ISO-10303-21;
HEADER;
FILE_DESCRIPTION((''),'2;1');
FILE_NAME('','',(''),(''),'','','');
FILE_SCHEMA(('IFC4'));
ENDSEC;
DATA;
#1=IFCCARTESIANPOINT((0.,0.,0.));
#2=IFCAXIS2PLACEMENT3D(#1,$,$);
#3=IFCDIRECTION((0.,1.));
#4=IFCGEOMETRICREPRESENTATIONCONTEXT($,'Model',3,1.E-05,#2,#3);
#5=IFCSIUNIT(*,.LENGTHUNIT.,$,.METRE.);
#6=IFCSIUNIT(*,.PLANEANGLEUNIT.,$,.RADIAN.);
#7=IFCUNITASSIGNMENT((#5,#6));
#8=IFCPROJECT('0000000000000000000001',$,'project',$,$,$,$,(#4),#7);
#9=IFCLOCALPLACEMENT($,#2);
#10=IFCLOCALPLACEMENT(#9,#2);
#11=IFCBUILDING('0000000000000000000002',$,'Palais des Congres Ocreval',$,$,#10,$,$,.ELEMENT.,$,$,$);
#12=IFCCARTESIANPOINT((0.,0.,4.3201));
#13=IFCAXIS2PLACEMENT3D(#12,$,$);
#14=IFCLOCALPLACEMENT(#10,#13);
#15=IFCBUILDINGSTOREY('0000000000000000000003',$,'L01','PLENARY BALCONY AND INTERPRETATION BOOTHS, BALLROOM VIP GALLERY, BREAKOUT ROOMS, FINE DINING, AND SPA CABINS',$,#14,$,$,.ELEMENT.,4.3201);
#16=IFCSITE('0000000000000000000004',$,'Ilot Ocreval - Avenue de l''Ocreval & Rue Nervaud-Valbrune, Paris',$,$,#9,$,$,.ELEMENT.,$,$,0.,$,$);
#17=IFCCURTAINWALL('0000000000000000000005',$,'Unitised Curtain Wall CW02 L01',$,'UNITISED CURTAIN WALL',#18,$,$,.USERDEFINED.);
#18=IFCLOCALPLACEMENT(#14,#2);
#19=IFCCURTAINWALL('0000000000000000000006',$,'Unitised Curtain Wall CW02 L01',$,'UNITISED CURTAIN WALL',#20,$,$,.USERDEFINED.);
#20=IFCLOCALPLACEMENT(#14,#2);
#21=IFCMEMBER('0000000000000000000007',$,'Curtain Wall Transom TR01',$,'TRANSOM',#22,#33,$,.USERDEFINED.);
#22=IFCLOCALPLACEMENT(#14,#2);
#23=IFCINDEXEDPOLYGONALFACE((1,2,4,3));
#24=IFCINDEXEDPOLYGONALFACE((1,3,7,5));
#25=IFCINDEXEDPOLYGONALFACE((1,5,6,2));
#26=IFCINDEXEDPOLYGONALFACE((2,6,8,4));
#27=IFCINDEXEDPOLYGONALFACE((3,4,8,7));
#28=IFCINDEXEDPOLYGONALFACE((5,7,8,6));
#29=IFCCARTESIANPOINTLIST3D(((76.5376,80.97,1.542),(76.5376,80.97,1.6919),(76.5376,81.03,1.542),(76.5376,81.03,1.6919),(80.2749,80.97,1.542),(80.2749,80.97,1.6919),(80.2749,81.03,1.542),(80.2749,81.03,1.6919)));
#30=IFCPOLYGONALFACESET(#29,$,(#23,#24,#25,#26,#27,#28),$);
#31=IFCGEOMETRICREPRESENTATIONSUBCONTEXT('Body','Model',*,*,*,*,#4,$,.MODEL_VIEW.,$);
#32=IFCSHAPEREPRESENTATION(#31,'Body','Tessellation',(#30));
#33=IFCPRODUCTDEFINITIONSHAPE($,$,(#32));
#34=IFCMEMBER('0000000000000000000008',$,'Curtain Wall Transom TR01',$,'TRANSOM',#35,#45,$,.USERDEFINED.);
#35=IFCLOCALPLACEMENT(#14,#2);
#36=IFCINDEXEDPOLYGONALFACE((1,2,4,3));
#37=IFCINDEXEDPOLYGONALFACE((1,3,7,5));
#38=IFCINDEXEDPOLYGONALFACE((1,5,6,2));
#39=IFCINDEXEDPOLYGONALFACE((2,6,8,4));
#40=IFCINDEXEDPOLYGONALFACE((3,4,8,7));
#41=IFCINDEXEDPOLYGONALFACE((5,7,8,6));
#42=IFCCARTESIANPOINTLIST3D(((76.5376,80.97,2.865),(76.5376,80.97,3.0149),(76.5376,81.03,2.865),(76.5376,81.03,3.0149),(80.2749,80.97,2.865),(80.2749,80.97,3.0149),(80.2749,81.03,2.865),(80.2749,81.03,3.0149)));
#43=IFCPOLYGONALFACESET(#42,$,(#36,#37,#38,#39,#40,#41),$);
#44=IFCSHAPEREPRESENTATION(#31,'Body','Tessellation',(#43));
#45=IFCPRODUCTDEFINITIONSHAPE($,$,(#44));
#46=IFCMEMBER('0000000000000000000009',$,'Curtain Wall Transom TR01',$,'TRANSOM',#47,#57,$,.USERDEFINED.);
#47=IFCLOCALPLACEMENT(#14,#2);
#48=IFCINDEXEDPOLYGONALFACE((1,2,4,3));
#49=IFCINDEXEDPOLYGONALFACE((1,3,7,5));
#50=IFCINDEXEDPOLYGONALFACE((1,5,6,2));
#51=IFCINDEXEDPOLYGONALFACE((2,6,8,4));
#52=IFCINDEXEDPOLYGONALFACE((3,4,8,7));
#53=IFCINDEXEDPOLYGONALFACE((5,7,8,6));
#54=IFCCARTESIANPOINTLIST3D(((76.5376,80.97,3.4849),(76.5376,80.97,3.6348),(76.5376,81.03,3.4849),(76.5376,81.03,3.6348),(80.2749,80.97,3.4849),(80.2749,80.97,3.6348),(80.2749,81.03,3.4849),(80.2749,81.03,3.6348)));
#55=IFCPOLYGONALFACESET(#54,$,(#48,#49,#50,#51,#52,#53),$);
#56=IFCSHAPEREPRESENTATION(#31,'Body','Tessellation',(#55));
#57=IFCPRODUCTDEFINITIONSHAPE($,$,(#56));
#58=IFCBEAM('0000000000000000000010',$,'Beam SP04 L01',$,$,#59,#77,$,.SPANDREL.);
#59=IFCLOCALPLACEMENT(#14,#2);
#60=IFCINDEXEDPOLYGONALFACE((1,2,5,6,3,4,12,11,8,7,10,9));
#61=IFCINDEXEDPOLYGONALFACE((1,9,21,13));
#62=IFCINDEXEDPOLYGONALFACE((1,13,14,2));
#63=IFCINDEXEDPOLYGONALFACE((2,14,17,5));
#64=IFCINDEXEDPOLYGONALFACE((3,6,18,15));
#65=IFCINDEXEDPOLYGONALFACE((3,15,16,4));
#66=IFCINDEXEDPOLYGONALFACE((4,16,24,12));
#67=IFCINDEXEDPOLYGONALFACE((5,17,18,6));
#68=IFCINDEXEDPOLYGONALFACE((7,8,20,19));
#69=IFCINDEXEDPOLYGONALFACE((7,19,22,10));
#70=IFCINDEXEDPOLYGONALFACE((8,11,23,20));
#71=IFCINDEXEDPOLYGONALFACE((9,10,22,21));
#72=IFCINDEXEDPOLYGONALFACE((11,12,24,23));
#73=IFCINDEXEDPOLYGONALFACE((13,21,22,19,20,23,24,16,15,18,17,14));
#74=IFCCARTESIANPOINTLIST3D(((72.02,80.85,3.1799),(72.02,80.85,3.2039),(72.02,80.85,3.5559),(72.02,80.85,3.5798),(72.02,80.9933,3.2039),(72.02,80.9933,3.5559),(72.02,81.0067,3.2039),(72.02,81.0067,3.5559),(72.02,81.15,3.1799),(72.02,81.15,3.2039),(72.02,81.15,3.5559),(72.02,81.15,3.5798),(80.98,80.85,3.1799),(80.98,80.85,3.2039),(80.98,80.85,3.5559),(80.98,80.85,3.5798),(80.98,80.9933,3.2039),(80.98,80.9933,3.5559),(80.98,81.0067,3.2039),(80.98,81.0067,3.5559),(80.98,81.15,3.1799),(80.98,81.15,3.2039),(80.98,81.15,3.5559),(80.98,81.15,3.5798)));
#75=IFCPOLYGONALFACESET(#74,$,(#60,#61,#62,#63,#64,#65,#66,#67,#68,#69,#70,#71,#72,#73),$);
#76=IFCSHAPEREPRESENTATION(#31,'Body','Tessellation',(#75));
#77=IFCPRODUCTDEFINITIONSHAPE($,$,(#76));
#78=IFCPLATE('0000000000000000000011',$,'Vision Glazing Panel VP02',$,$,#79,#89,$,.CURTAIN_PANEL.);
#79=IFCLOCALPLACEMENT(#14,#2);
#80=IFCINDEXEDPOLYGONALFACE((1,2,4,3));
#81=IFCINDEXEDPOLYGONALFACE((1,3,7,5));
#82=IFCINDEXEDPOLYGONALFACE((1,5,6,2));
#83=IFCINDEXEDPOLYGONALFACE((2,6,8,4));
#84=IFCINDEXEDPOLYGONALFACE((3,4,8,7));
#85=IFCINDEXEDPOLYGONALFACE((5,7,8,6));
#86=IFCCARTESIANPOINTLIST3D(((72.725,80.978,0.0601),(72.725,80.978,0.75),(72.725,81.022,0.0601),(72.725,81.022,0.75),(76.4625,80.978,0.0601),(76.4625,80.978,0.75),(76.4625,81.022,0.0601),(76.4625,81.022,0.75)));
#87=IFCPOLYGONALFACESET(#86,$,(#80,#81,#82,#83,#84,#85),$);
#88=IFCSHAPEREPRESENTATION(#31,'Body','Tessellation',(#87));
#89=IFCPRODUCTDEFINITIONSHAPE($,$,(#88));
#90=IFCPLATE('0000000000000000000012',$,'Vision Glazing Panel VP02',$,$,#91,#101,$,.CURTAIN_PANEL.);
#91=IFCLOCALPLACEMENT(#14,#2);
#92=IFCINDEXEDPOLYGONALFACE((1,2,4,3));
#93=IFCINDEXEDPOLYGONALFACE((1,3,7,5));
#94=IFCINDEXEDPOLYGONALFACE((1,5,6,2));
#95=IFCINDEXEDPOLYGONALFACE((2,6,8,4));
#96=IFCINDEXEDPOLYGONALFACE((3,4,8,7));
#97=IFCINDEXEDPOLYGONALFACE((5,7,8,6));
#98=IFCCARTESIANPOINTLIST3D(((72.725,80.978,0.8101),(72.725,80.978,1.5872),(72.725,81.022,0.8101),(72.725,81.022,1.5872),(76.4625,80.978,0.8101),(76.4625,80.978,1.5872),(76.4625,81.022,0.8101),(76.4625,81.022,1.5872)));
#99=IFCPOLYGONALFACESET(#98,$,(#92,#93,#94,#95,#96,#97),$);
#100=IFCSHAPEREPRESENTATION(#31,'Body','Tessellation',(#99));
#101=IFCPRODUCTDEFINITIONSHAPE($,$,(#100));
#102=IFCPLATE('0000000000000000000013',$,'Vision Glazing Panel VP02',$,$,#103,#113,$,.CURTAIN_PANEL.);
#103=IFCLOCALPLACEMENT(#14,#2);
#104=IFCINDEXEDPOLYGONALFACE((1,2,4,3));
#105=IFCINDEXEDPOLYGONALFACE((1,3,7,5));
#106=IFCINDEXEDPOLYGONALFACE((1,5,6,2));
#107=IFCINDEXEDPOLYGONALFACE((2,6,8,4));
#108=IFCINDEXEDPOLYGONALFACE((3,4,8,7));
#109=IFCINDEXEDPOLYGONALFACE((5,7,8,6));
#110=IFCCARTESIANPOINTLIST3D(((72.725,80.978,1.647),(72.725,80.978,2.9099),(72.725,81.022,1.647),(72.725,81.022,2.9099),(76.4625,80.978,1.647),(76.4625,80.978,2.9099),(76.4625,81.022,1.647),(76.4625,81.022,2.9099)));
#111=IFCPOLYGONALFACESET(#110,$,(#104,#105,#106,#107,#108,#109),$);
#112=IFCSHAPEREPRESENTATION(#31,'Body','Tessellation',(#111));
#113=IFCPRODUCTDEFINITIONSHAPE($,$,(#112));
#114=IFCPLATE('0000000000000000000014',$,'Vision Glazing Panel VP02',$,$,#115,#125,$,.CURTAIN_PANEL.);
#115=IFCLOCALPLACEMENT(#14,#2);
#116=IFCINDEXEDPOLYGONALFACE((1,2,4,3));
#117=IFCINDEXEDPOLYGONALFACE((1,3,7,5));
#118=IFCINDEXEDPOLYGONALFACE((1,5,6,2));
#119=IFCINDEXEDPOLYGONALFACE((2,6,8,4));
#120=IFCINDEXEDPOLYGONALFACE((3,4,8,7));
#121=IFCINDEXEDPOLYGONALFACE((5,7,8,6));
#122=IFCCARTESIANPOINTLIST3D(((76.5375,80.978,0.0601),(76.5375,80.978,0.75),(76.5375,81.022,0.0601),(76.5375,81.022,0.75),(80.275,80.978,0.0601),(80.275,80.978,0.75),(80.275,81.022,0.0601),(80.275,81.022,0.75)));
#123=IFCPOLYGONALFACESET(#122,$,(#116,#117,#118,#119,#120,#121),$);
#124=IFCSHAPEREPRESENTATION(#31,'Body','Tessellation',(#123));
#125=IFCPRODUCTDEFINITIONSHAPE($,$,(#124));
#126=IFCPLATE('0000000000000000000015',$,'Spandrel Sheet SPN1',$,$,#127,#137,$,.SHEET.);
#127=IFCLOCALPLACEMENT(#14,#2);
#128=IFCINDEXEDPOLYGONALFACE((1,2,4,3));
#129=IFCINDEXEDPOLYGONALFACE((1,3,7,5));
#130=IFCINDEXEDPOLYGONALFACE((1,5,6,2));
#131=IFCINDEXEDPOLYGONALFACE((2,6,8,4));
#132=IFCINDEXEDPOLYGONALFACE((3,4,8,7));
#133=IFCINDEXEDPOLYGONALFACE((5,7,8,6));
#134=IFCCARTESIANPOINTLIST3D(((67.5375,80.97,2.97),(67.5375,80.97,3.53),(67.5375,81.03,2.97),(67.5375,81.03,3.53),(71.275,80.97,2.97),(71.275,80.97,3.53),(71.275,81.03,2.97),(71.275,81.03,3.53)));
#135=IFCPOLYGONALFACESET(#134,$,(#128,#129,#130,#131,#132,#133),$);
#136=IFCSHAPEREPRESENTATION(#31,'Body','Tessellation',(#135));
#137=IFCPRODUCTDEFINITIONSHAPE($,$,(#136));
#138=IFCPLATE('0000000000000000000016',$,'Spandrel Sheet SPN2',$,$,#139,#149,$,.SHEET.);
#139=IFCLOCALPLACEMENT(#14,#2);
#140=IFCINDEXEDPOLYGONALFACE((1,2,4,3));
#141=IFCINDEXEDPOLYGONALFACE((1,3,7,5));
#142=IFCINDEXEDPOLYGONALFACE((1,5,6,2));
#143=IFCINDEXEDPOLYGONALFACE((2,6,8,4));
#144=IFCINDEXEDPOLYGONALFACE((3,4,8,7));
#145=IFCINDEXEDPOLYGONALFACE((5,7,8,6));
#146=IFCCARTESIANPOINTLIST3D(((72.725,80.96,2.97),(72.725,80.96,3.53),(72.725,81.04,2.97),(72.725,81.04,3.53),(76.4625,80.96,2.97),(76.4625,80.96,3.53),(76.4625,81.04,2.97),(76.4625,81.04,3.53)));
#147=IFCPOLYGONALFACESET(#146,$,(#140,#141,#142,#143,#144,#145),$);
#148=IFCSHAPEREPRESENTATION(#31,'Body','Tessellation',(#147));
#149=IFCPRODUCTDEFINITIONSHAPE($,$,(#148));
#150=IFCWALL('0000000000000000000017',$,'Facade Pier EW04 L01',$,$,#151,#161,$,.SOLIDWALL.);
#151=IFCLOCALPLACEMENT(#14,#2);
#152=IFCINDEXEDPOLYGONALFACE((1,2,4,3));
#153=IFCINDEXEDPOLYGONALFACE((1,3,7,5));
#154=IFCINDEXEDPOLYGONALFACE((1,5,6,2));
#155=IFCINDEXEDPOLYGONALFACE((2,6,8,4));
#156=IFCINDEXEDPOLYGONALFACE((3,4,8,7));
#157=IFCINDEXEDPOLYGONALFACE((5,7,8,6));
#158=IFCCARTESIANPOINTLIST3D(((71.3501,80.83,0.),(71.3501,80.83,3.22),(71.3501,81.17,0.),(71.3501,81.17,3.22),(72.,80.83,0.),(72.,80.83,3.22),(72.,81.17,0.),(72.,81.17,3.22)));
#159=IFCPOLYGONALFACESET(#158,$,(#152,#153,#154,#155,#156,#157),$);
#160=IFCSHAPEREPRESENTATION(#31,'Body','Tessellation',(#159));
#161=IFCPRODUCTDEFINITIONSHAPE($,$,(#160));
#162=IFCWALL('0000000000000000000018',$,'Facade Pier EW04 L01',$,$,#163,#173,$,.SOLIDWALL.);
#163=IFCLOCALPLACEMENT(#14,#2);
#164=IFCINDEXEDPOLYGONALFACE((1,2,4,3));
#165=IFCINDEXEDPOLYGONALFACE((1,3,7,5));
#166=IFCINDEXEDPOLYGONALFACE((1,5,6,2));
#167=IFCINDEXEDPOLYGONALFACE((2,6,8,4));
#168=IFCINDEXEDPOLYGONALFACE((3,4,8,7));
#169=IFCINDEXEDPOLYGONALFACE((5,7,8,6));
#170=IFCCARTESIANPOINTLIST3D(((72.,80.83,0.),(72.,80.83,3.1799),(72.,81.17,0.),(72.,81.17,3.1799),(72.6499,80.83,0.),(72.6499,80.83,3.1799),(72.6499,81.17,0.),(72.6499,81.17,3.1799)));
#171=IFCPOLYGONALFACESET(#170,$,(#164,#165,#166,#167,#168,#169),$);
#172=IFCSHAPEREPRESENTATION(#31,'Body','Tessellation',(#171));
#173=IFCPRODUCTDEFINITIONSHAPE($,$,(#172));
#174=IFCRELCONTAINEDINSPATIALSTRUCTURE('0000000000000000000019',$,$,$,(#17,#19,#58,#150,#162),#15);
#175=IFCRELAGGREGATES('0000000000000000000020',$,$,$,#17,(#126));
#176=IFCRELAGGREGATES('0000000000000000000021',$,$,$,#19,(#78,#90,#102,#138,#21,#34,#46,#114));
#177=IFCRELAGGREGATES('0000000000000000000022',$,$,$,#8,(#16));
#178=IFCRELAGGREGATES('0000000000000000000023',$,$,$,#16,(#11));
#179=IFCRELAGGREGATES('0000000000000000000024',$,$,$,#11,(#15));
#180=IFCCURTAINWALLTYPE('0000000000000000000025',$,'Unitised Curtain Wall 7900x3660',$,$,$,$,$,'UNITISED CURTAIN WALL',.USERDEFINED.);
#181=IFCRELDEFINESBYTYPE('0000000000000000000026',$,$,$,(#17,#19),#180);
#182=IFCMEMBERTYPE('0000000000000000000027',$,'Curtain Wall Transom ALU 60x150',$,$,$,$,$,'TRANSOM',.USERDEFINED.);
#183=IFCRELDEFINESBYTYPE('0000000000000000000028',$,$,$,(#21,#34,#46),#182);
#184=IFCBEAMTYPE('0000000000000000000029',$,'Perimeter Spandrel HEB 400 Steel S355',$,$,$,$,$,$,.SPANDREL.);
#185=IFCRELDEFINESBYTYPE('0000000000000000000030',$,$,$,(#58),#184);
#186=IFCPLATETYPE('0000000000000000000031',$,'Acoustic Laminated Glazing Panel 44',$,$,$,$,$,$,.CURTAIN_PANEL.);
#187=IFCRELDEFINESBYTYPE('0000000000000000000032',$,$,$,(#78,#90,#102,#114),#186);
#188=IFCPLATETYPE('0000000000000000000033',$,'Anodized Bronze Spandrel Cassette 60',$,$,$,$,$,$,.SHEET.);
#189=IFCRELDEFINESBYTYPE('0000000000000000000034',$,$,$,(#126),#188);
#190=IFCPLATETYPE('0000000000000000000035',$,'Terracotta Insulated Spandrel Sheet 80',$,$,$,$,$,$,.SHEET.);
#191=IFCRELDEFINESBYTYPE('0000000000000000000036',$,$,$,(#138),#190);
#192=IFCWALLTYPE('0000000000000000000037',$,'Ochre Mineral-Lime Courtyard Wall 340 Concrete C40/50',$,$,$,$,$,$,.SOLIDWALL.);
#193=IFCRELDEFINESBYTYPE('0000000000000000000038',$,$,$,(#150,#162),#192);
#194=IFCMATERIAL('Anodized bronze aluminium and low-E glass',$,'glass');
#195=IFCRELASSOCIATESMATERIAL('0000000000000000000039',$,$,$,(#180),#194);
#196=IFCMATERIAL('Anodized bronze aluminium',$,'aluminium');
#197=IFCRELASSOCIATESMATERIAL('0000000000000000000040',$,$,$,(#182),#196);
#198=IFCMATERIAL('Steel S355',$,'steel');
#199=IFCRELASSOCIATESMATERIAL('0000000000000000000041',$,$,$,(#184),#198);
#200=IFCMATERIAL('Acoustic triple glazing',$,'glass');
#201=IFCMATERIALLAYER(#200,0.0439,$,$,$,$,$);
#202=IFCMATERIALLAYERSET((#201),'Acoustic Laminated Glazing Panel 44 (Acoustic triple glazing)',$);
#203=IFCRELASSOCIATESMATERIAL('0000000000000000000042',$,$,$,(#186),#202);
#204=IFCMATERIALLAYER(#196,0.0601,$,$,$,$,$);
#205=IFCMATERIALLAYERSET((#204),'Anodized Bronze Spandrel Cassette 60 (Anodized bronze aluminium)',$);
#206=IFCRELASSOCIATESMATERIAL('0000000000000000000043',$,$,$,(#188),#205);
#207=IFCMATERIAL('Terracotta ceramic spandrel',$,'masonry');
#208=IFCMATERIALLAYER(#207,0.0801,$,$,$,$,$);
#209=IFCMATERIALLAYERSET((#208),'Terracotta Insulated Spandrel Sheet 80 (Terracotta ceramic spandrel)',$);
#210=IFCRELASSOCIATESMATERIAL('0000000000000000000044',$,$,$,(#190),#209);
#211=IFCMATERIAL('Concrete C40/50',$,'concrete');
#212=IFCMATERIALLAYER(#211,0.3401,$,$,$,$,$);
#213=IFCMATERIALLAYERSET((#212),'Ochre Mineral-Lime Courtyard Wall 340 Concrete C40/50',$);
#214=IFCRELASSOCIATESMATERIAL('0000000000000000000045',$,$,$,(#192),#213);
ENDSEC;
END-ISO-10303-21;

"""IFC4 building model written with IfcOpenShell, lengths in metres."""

from ifc_helpers import new_model, si_unit, direction, frame, frame_2d, origin, origin_2d, place, context, subcontext, project, spatial, rectangle, i_section, extrude, material, layer, layer_set, material_profile, profile_set, type_object, element, aggregate, save


model = new_model("IFC4")

# Units and contexts
model_context = context("Model", 3, precision=1e-05, world=origin(), true_north=direction((0.0, 1.0)))
body_context = subcontext(model_context, "Body", "Model", "MODEL_VIEW")
ifc_project = project(units=[si_unit("LENGTHUNIT", "METRE"), si_unit("PLANEANGLEUNIT", "RADIAN")], contexts=[model_context])

# Site, building, storey
site_placement = place(None, origin())
site = spatial("IfcSite", under=ifc_project, at=site_placement, Name="Ilot Ocreval - Avenue de l'Ocreval & Rue Nervaud-Valbrune, Paris", CompositionType="ELEMENT", RefElevation=0.0)
building_placement = place(site_placement, origin())
building = spatial("IfcBuilding", under=site, at=building_placement, Name="Palais des Congres Ocreval", CompositionType="ELEMENT")
storey_placement = place(building_placement, frame((0.0, 0.0, 4.3201)))
storey = spatial("IfcBuildingStorey", under=building, at=storey_placement, Name="L01", Description="PLENARY BALCONY AND INTERPRETATION BOOTHS, BALLROOM VIP GALLERY, BREAKOUT ROOMS, FINE DINING, AND SPA CABINS", CompositionType="ELEMENT", Elevation=4.3201)

# Shared definitions
ifc_material_1 = material(Name="Steel S355", Category="steel")

# Curtain wall
ifc_material_2 = material(Name="Anodized bronze aluminium and low-E glass", Category="glass")
curtain_wall_type = type_object("IfcCurtainWallType", Name="Unitised Curtain Wall 7900x3660", ElementType="UNITISED CURTAIN WALL", PredefinedType="USERDEFINED", material=ifc_material_2)
curtain_wall_1_placement = place(storey_placement, origin())
curtain_wall_1 = element("IfcCurtainWall", 1, at=curtain_wall_1_placement, inside=storey, type_object=curtain_wall_type, Name="Unitised Curtain Wall CW02 L01", ObjectType="UNITISED CURTAIN WALL", PredefinedType="USERDEFINED")
ifc_material_3 = material(Name="Anodized bronze aluminium", Category="aluminium")

# Curtain wall, members
curtain_wall_2_placement = place(storey_placement, origin())
curtain_wall_2 = element("IfcCurtainWall", 2, at=curtain_wall_2_placement, inside=storey, type_object=curtain_wall_type, Name="Unitised Curtain Wall CW02 L01", ObjectType="UNITISED CURTAIN WALL", PredefinedType="USERDEFINED")
ifc_material_profile_1 = material_profile(ifc_material_3, rectangle(XDim=0.0601, YDim=0.1499, at=origin_2d()), Name="ALU 60x150")
ifc_profile_set_1 = profile_set([ifc_material_profile_1], Name="Anodized bronze aluminium")
member_type_1 = type_object("IfcMemberType", Name="Curtain Wall Transom ALU 60x150", ElementType="TRANSOM", PredefinedType="USERDEFINED", material=ifc_profile_set_1)
member_1_placement = place(storey_placement, frame((76.5376, 81.0, 1.6169), z_axis=(1.0, 0.0, 0.0), x_axis=(0.0, 1.0, 0.0)))
member_1 = element("IfcMember", 3, at=member_1_placement, type_object=member_type_1, Name="Curtain Wall Transom TR01", ObjectType="TRANSOM", PredefinedType="USERDEFINED", context=body_context, shape_type="SweptSolid", body=[
    extrude(rectangle(XDim=0.0601, YDim=0.1499, at=origin_2d()), origin(), (0.0, 0.0, 1.0), 3.7373),
])
member_2_placement = place(storey_placement, frame((76.5376, 81.0, 2.9399), z_axis=(1.0, 0.0, 0.0), x_axis=(0.0, 1.0, 0.0)))
member_2 = element("IfcMember", 4, at=member_2_placement, type_object=member_type_1, Name="Curtain Wall Transom TR01", ObjectType="TRANSOM", PredefinedType="USERDEFINED", context=body_context, shape_type="SweptSolid", body=[
    extrude(rectangle(XDim=0.0601, YDim=0.1499, at=origin_2d()), origin(), (0.0, 0.0, 1.0), 3.7373),
])
member_3_placement = place(storey_placement, frame((76.5376, 81.0, 3.5598), z_axis=(1.0, 0.0, 0.0), x_axis=(0.0, 1.0, 0.0)))
member_3 = element("IfcMember", 5, at=member_3_placement, type_object=member_type_1, Name="Curtain Wall Transom TR01", ObjectType="TRANSOM", PredefinedType="USERDEFINED", context=body_context, shape_type="SweptSolid", body=[
    extrude(rectangle(XDim=0.0601, YDim=0.1499, at=origin_2d()), origin(), (0.0, 0.0, 1.0), 3.7373),
])

# Beam
ifc_material_profile_2 = material_profile(ifc_material_1, i_section(OverallWidth=0.3, OverallDepth=0.3999, WebThickness=0.0134, FlangeThickness=0.0239, at=origin_2d()), Name="HEB 400")
ifc_profile_set_2 = profile_set([ifc_material_profile_2], Name="Steel S355")
beam_type = type_object("IfcBeamType", Name="Perimeter Spandrel HEB 400 Steel S355", PredefinedType="SPANDREL", material=ifc_profile_set_2)
beam_placement = place(storey_placement, frame((72.02, 81.0, 3.3799), z_axis=(1.0, 0.0, 0.0), x_axis=(0.0, 1.0, 0.0)))
element("IfcBeam", 6, at=beam_placement, inside=storey, type_object=beam_type, Name="Beam SP04 L01", PredefinedType="SPANDREL", context=body_context, shape_type="SweptSolid", body=[
    extrude(i_section(OverallWidth=0.3, OverallDepth=0.3999, WebThickness=0.0134, FlangeThickness=0.0239, at=origin_2d()), origin(), (0.0, 0.0, 1.0), 8.96),
])

# Plates
ifc_material_4 = material(Name="Acoustic triple glazing", Category="glass")
ifc_layer_1 = layer(ifc_material_4, 0.0439)
ifc_layer_set_1 = layer_set([ifc_layer_1], Name="Acoustic Laminated Glazing Panel 44 (Acoustic triple glazing)")
plate_type_1 = type_object("IfcPlateType", Name="Acoustic Laminated Glazing Panel 44", PredefinedType="CURTAIN_PANEL", material=ifc_layer_set_1)
plate_1_placement = place(storey_placement, frame((74.5938, 81.0, 0.0601), z_axis=(0.0, 0.0, 1.0), x_axis=(1.0, 0.0, 0.0)))
plate_1 = element("IfcPlate", 7, at=plate_1_placement, type_object=plate_type_1, Name="Vision Glazing Panel VP02", PredefinedType="CURTAIN_PANEL", context=body_context, shape_type="SweptSolid", body=[
    extrude(rectangle(XDim=3.7375, YDim=0.0439, at=origin_2d()), origin(), (0.0, 0.0, 1.0), 0.6899),
])
plate_2_placement = place(storey_placement, frame((74.5938, 81.0, 0.8101), z_axis=(0.0, 0.0, 1.0), x_axis=(1.0, 0.0, 0.0)))
plate_2 = element("IfcPlate", 8, at=plate_2_placement, type_object=plate_type_1, Name="Vision Glazing Panel VP02", PredefinedType="CURTAIN_PANEL", context=body_context, shape_type="SweptSolid", body=[
    extrude(rectangle(XDim=3.7375, YDim=0.0439, at=origin_2d()), origin(), (0.0, 0.0, 1.0), 0.7771),
])
plate_3_placement = place(storey_placement, frame((74.5938, 81.0, 1.647), z_axis=(0.0, 0.0, 1.0), x_axis=(1.0, 0.0, 0.0)))
plate_3 = element("IfcPlate", 9, at=plate_3_placement, type_object=plate_type_1, Name="Vision Glazing Panel VP02", PredefinedType="CURTAIN_PANEL", context=body_context, shape_type="SweptSolid", body=[
    extrude(rectangle(XDim=3.7375, YDim=0.0439, at=origin_2d()), origin(), (0.0, 0.0, 1.0), 1.2629),
])
plate_4_placement = place(storey_placement, frame((78.4062, 81.0, 0.0601), z_axis=(0.0, 0.0, 1.0), x_axis=(1.0, 0.0, 0.0)))
plate_4 = element("IfcPlate", 10, at=plate_4_placement, type_object=plate_type_1, Name="Vision Glazing Panel VP02", PredefinedType="CURTAIN_PANEL", context=body_context, shape_type="SweptSolid", body=[
    extrude(rectangle(XDim=3.7375, YDim=0.0439, at=origin_2d()), origin(), (0.0, 0.0, 1.0), 0.6899),
])
ifc_layer_2 = layer(ifc_material_3, 0.0601)
ifc_layer_set_2 = layer_set([ifc_layer_2], Name="Anodized Bronze Spandrel Cassette 60 (Anodized bronze aluminium)")
plate_type_2 = type_object("IfcPlateType", Name="Anodized Bronze Spandrel Cassette 60", PredefinedType="SHEET", material=ifc_layer_set_2)
plate_5_placement = place(storey_placement, frame((69.4062, 81.0, 2.97), z_axis=(0.0, 0.0, 1.0), x_axis=(1.0, 0.0, 0.0)))
plate_5 = element("IfcPlate", 11, at=plate_5_placement, type_object=plate_type_2, Name="Spandrel Sheet SPN1", PredefinedType="SHEET", context=body_context, shape_type="SweptSolid", body=[
    extrude(rectangle(XDim=3.7375, YDim=0.0601, at=origin_2d()), origin(), (0.0, 0.0, 1.0), 0.5601),
])
aggregate(curtain_wall_1, [plate_5])
ifc_material_5 = material(Name="Terracotta ceramic spandrel", Category="masonry")
ifc_layer_3 = layer(ifc_material_5, 0.0801)
ifc_layer_set_3 = layer_set([ifc_layer_3], Name="Terracotta Insulated Spandrel Sheet 80 (Terracotta ceramic spandrel)")
plate_type_3 = type_object("IfcPlateType", Name="Terracotta Insulated Spandrel Sheet 80", PredefinedType="SHEET", material=ifc_layer_set_3)
plate_6_placement = place(storey_placement, frame((74.5938, 81.0, 2.97), z_axis=(0.0, 0.0, 1.0), x_axis=(1.0, 0.0, 0.0)))
plate_6 = element("IfcPlate", 12, at=plate_6_placement, type_object=plate_type_3, Name="Spandrel Sheet SPN2", PredefinedType="SHEET", context=body_context, shape_type="SweptSolid", body=[
    extrude(rectangle(XDim=3.7375, YDim=0.0801, at=origin_2d()), origin(), (0.0, 0.0, 1.0), 0.5601),
])
aggregate(curtain_wall_2, [plate_1, plate_2, plate_3, plate_6, member_1, member_2, member_3, plate_4])

# Walls
ifc_material_6 = material(Name="Concrete C40/50", Category="concrete")
ifc_layer_4 = layer(ifc_material_6, 0.3401)
ifc_layer_set_4 = layer_set([ifc_layer_4], Name="Ochre Mineral-Lime Courtyard Wall 340 Concrete C40/50")
wall_type = type_object("IfcWallType", Name="Ochre Mineral-Lime Courtyard Wall 340 Concrete C40/50", PredefinedType="SOLIDWALL", material=ifc_layer_set_4)
wall_1_placement = place(storey_placement, frame((71.3501, 81.0, 0.0), z_axis=(0.0, 0.0, 1.0), x_axis=(1.0, 0.0, 0.0)))
element("IfcWall", 13, at=wall_1_placement, inside=storey, type_object=wall_type, Name="Facade Pier EW04 L01", PredefinedType="SOLIDWALL", context=body_context, shape_type="SweptSolid", body=[
    extrude(rectangle(XDim=0.6499, YDim=0.3401, at=frame_2d((0.325, 0.0))), origin(), (0.0, 0.0, 1.0), 3.22),
])
wall_2_placement = place(storey_placement, frame((72.0, 81.0, 0.0), z_axis=(0.0, 0.0, 1.0), x_axis=(1.0, 0.0, 0.0)))
element("IfcWall", 14, at=wall_2_placement, inside=storey, type_object=wall_type, Name="Facade Pier EW04 L01", PredefinedType="SOLIDWALL", context=body_context, shape_type="SweptSolid", body=[
    extrude(rectangle(XDim=0.6499, YDim=0.3401, at=frame_2d((0.325, 0.0))), origin(), (0.0, 0.0, 1.0), 3.1799),
])

save(model, "model.ifc")
